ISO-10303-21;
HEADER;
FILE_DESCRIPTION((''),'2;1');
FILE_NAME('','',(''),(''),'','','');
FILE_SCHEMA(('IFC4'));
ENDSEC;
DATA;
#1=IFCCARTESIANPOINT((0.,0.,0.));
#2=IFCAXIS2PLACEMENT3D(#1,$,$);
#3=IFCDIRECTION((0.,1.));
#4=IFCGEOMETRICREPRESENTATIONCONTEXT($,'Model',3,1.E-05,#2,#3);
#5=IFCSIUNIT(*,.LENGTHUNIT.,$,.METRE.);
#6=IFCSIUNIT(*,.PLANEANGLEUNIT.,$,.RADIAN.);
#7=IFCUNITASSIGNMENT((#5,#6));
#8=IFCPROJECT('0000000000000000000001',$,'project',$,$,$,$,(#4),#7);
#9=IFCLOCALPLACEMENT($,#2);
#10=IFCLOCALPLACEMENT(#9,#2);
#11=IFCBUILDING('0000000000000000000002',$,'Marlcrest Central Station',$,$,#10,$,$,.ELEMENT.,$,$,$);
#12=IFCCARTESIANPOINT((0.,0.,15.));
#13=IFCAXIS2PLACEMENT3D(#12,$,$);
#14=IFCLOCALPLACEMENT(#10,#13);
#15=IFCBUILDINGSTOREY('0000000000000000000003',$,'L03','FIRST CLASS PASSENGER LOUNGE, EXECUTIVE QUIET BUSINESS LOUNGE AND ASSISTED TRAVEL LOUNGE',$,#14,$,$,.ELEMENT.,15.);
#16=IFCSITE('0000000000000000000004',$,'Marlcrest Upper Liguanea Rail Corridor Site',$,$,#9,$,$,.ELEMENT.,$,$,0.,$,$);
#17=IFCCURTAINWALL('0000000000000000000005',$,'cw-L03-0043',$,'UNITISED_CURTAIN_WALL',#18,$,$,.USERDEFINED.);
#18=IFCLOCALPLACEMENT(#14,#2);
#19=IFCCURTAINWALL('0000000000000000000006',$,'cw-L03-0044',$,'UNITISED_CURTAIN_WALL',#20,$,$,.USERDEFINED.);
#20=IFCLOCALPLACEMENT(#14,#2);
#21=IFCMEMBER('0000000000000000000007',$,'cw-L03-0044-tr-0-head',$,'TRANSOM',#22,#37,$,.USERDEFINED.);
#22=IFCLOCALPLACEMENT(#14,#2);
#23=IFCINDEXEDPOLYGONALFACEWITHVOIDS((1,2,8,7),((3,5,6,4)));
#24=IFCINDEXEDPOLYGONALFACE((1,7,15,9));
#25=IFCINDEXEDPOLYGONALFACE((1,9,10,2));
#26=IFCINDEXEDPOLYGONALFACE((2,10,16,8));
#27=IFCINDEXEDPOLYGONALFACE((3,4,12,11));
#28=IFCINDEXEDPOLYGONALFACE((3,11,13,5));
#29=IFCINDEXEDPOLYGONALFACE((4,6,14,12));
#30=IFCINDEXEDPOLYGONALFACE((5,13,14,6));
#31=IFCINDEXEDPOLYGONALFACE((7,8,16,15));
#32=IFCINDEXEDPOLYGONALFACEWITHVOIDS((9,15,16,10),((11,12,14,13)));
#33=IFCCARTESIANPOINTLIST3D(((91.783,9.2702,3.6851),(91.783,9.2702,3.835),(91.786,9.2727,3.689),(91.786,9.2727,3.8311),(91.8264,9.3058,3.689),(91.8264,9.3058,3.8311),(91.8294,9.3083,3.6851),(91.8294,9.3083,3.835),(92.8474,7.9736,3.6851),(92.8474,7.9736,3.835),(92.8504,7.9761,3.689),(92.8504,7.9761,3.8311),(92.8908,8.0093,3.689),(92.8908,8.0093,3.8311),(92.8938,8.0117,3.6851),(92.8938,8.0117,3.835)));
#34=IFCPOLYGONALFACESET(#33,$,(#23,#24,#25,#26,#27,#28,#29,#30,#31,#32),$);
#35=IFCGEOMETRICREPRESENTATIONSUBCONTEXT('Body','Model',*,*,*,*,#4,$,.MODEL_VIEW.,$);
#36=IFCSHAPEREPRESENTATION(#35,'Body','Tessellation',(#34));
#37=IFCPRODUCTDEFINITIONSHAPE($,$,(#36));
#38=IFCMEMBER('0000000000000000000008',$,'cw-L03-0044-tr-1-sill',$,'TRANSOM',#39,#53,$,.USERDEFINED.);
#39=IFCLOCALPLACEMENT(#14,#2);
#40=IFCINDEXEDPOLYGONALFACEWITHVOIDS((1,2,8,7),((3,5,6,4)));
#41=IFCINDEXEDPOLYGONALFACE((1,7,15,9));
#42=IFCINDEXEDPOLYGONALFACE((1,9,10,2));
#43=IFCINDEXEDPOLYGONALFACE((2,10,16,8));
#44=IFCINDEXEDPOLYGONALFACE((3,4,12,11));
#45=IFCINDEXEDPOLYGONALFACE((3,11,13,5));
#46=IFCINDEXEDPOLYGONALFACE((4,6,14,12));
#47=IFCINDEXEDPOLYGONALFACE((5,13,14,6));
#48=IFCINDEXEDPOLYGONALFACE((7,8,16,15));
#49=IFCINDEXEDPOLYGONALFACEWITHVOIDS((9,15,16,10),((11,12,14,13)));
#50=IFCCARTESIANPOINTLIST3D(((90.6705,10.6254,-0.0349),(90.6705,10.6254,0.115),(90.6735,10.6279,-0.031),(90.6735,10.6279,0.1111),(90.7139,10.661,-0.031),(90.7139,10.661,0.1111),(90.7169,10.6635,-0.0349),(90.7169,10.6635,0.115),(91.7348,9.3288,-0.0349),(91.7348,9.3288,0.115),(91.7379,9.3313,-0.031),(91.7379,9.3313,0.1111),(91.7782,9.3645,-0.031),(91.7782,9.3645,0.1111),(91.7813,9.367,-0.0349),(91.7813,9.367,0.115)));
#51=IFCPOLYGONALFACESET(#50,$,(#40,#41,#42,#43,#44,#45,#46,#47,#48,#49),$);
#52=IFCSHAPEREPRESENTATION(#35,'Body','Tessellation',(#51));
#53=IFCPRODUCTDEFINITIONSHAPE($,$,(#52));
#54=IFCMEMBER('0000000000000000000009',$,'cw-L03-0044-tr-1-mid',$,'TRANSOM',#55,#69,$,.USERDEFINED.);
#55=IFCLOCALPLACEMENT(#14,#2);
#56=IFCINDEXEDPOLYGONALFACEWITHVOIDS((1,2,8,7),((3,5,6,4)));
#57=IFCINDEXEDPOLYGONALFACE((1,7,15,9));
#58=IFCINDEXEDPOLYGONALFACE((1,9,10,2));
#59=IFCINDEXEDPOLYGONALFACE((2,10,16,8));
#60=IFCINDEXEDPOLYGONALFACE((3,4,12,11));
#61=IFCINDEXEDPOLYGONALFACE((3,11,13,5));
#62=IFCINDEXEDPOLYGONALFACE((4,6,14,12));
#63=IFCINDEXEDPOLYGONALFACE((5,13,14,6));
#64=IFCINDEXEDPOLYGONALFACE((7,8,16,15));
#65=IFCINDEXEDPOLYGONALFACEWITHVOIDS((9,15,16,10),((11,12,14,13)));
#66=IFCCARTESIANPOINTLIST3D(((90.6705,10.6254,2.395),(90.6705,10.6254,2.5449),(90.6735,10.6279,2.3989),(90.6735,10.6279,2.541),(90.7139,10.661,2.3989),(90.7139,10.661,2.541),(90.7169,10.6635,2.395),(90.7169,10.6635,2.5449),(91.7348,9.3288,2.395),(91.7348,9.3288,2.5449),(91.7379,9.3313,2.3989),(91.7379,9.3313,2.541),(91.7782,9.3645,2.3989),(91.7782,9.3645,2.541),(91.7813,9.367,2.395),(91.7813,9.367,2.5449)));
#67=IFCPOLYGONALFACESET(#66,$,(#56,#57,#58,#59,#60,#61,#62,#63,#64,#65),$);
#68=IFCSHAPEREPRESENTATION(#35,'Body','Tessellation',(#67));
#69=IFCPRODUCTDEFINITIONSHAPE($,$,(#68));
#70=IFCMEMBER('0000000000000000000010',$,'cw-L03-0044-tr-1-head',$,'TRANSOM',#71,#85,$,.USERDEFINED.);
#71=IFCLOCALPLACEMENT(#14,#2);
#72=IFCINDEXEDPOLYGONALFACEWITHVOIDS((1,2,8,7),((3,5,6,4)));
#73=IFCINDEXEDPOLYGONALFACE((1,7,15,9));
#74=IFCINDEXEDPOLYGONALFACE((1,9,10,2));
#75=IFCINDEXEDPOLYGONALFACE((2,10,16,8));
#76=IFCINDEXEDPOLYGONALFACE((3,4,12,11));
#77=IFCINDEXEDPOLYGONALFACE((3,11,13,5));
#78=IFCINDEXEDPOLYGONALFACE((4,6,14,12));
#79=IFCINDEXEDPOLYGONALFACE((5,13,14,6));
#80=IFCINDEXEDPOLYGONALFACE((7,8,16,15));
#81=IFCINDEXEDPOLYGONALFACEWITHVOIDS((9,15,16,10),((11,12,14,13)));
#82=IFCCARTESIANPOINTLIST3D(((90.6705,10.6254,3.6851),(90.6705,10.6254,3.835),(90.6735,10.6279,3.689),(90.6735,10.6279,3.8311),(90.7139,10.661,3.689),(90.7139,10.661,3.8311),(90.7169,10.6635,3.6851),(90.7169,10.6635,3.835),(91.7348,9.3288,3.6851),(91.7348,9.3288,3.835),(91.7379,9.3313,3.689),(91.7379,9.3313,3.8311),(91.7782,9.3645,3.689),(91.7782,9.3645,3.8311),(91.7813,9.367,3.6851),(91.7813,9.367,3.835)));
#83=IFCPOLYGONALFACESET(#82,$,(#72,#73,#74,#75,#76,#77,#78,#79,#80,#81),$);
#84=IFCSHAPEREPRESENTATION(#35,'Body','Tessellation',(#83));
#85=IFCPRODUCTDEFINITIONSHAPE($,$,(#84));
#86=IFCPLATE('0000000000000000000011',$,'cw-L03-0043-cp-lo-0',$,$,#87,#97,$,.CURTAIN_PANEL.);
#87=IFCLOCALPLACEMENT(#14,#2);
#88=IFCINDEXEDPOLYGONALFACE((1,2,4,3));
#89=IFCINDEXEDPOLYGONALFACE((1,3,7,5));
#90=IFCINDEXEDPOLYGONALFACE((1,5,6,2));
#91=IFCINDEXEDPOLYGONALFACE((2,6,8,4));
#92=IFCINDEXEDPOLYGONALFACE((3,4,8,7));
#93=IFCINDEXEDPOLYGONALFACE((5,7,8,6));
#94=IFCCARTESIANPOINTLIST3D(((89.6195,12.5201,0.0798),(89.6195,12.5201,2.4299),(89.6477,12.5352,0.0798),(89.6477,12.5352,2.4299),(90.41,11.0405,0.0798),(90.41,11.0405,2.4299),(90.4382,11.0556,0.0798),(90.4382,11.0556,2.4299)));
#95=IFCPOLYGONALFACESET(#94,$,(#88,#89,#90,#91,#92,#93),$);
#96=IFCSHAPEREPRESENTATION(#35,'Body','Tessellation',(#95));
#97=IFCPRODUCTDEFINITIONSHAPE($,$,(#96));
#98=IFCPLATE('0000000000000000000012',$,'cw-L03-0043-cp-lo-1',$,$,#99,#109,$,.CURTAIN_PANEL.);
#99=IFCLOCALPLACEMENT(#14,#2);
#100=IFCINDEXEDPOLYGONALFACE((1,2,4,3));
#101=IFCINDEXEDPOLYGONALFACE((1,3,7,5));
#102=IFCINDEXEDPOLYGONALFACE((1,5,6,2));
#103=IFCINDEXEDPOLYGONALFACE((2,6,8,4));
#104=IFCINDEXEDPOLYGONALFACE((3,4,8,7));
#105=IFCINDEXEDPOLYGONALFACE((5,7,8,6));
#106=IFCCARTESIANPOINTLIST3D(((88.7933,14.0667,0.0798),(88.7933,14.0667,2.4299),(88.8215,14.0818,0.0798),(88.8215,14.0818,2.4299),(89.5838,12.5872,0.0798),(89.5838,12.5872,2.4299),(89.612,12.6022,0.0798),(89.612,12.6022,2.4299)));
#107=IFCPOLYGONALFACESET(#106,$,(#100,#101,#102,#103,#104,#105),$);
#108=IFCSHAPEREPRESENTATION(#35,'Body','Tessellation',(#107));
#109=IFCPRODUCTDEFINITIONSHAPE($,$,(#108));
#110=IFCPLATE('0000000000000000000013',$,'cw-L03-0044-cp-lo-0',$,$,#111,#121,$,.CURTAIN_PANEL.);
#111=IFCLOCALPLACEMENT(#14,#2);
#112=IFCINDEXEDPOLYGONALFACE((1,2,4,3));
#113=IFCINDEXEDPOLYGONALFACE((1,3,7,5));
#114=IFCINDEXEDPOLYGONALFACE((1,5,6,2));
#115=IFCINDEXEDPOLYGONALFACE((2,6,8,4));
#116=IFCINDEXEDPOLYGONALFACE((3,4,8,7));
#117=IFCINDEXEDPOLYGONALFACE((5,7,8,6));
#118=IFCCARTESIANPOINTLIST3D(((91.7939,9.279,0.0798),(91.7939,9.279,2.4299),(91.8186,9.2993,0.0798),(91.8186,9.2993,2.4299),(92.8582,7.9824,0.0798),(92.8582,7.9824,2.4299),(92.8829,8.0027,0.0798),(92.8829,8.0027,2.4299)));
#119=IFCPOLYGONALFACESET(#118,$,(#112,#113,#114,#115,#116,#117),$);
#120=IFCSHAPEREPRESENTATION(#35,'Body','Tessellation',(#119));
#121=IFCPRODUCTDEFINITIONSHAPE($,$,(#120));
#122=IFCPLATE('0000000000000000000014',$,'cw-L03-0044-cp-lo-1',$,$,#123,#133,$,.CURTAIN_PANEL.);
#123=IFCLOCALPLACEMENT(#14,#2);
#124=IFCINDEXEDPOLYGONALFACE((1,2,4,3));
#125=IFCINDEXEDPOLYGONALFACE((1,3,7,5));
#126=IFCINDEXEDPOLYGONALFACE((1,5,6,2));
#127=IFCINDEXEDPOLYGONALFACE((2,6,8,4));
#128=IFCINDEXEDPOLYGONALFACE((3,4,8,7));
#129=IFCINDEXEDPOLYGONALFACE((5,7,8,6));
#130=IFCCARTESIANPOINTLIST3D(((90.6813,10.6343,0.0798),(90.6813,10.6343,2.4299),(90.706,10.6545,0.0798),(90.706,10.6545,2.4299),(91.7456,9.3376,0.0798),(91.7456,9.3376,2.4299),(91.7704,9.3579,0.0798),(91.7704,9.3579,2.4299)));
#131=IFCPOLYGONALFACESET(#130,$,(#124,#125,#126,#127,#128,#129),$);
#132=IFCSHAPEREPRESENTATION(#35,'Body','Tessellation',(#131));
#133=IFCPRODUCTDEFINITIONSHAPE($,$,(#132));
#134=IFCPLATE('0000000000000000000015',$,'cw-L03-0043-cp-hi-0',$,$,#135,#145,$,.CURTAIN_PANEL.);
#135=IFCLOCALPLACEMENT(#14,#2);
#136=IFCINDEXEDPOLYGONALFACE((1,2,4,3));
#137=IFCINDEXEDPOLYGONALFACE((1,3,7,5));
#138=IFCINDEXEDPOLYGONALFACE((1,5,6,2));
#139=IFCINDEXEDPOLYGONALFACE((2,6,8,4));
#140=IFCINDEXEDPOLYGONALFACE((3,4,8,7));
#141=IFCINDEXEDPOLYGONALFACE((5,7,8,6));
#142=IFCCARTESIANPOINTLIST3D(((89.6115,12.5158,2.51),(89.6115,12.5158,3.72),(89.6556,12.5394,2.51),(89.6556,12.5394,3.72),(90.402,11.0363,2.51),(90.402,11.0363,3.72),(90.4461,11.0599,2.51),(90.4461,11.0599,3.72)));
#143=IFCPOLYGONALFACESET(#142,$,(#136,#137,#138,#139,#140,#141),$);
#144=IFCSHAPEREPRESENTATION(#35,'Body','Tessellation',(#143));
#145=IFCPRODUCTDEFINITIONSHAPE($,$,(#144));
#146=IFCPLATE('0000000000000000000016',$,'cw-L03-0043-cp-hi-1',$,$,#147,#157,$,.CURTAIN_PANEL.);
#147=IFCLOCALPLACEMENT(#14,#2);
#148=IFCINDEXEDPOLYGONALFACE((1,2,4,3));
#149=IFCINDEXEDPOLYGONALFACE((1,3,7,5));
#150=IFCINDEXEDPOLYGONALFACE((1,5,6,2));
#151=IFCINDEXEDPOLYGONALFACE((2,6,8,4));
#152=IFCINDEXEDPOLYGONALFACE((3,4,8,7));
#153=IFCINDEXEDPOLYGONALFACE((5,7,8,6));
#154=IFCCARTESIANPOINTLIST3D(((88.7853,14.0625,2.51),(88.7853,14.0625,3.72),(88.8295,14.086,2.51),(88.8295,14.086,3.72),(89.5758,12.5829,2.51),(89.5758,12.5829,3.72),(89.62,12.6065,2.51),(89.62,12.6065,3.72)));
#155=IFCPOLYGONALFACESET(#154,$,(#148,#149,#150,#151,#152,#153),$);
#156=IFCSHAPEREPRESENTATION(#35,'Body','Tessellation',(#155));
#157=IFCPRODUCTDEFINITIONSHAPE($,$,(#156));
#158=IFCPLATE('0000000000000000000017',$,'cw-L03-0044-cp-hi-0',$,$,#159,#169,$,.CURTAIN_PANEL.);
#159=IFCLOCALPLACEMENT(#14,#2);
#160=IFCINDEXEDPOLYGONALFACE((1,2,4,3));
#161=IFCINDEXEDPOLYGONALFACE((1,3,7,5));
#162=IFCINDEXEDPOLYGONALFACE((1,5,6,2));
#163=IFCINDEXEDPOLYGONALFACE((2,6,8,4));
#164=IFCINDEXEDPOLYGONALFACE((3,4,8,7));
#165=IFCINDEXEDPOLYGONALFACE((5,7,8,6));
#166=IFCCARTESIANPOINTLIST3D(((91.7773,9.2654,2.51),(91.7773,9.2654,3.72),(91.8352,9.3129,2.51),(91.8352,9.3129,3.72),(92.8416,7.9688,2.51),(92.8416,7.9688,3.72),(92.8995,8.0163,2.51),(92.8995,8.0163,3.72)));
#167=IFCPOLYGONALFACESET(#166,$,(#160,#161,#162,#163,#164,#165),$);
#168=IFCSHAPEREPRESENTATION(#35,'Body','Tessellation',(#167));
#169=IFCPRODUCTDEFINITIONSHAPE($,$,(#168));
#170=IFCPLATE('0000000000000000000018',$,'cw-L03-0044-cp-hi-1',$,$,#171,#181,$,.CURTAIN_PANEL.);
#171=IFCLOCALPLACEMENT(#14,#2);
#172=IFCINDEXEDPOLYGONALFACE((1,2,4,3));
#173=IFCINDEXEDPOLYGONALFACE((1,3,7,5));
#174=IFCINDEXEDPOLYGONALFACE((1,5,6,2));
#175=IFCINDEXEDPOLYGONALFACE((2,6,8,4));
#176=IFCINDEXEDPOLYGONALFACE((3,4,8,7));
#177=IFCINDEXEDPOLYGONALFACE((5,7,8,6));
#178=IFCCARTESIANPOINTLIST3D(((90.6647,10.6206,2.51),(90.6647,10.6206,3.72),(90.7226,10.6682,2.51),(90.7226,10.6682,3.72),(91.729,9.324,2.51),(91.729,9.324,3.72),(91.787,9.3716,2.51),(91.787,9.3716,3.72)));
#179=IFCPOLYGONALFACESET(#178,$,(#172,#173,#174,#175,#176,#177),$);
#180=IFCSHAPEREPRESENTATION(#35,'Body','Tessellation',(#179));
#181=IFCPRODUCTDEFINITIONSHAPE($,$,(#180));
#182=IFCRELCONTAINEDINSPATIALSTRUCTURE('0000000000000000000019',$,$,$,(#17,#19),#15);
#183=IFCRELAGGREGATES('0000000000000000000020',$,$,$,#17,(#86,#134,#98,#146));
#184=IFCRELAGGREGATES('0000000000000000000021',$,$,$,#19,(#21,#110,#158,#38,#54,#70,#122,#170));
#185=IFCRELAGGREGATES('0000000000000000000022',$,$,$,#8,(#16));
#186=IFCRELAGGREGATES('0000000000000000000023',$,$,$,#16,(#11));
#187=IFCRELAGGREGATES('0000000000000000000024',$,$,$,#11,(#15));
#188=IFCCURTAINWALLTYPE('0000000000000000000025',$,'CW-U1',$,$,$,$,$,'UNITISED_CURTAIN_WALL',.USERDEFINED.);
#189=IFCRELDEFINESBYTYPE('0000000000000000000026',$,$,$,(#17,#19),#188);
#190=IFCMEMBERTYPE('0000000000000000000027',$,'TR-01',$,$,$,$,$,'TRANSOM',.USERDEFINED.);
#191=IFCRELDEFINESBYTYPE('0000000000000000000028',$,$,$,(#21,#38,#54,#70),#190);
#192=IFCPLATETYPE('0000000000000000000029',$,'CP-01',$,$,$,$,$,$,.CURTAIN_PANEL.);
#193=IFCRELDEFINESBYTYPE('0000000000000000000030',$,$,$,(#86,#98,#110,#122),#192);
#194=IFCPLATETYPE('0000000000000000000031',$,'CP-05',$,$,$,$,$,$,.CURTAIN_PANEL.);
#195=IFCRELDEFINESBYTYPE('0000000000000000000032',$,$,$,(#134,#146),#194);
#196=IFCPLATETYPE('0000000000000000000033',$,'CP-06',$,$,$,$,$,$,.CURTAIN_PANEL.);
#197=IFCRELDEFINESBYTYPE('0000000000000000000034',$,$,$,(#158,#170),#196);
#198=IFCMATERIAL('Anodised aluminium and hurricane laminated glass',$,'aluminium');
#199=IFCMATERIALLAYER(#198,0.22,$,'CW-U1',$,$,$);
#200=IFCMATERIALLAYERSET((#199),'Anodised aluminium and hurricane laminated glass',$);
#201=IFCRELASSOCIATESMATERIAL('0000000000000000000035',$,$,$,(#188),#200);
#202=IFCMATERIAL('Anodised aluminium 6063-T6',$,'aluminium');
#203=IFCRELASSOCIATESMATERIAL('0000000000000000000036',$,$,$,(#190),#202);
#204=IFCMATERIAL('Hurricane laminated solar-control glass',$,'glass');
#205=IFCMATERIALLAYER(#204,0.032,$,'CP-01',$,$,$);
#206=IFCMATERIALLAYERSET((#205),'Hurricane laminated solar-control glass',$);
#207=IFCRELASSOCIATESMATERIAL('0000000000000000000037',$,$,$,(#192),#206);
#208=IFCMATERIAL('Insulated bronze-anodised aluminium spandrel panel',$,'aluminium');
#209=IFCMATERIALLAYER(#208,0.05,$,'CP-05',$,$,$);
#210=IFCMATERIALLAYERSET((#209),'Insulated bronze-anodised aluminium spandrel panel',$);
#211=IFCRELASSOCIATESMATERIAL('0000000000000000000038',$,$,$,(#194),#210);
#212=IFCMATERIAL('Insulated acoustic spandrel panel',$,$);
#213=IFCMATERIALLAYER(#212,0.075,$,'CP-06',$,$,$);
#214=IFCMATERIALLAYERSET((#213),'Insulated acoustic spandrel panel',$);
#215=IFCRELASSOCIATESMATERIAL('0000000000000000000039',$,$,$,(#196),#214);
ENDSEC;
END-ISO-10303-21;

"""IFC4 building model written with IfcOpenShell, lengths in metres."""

from ifc_helpers import new_model, si_unit, direction, frame, origin, origin_2d, place, context, subcontext, project, spatial, rectangle, hollow_rectangle, extrude, material, layer, layer_set, material_profile, profile_set, type_object, element, aggregate, save


model = new_model("IFC4")

# Units and contexts
model_context = context("Model", 3, precision=1e-05, world=origin(), true_north=direction((0.0, 1.0)))
body_context = subcontext(model_context, "Body", "Model", "MODEL_VIEW")
ifc_project = project(units=[si_unit("LENGTHUNIT", "METRE"), si_unit("PLANEANGLEUNIT", "RADIAN")], contexts=[model_context])

# Site, building, storey
site_placement = place(None, origin())
site = spatial("IfcSite", under=ifc_project, at=site_placement, Name="Marlcrest Upper Liguanea Rail Corridor Site", CompositionType="ELEMENT", RefElevation=0.0)
building_placement = place(site_placement, origin())
building = spatial("IfcBuilding", under=site, at=building_placement, Name="Marlcrest Central Station", CompositionType="ELEMENT")
storey_placement = place(building_placement, frame((0.0, 0.0, 15.0)))
storey = spatial("IfcBuildingStorey", under=building, at=storey_placement, Name="L03", Description="FIRST CLASS PASSENGER LOUNGE, EXECUTIVE QUIET BUSINESS LOUNGE AND ASSISTED TRAVEL LOUNGE", CompositionType="ELEMENT", Elevation=15.0)

# Shared definitions
ifc_material_1 = material(Name="Anodised aluminium and hurricane laminated glass", Category="aluminium")
ifc_layer_1 = layer(ifc_material_1, 0.22, Name="CW-U1")
ifc_layer_set_1 = layer_set([ifc_layer_1], Name="Anodised aluminium and hurricane laminated glass")
curtain_wall_type = type_object("IfcCurtainWallType", Name="CW-U1", ElementType="UNITISED_CURTAIN_WALL", PredefinedType="USERDEFINED", material=ifc_layer_set_1)
ifc_material_2 = material(Name="Anodised aluminium 6063-T6", Category="aluminium")

# Curtain walls
curtain_wall_1_placement = place(storey_placement, origin())
curtain_wall_1 = element("IfcCurtainWall", 1, at=curtain_wall_1_placement, inside=storey, type_object=curtain_wall_type, Name="cw-L03-0043", ObjectType="UNITISED_CURTAIN_WALL", PredefinedType="USERDEFINED")
curtain_wall_2_placement = place(storey_placement, origin())
curtain_wall_2 = element("IfcCurtainWall", 2, at=curtain_wall_2_placement, inside=storey, type_object=curtain_wall_type, Name="cw-L03-0044", ObjectType="UNITISED_CURTAIN_WALL", PredefinedType="USERDEFINED")

# Members
ifc_material_profile_1 = material_profile(ifc_material_2, hollow_rectangle(XDim=0.0601, YDim=0.1499, WallThickness=0.0039, at=origin_2d()), Name="AA-RHS 150x60x4")
ifc_profile_set_1 = profile_set([ifc_material_profile_1], Name="Anodised aluminium 6063-T6")
member_type_1 = type_object("IfcMemberType", Name="TR-01", ElementType="TRANSOM", PredefinedType="USERDEFINED", material=ifc_profile_set_1)
member_1_placement = place(storey_placement, frame((92.8706, 7.9927, 3.76), z_axis=(-0.634513, 0.772912, 0.0), x_axis=(-0.772912, -0.634513, 0.0)))
member_1 = element("IfcMember", 3, at=member_1_placement, type_object=member_type_1, Name="cw-L03-0044-tr-0-head", ObjectType="TRANSOM", PredefinedType="USERDEFINED", context=body_context, shape_type="SweptSolid", body=[
    extrude(hollow_rectangle(XDim=0.0601, YDim=0.1499, WallThickness=0.0039, at=origin_2d()), origin(), (0.0, 0.0, 1.0), 1.6775),
])
member_2_placement = place(storey_placement, frame((91.7581, 9.3479, 0.04), z_axis=(-0.634513, 0.772912, 0.0), x_axis=(-0.772912, -0.634513, 0.0)))
member_2 = element("IfcMember", 4, at=member_2_placement, type_object=member_type_1, Name="cw-L03-0044-tr-1-sill", ObjectType="TRANSOM", PredefinedType="USERDEFINED", context=body_context, shape_type="SweptSolid", body=[
    extrude(hollow_rectangle(XDim=0.0601, YDim=0.1499, WallThickness=0.0039, at=origin_2d()), origin(), (0.0, 0.0, 1.0), 1.6775),
])
member_3_placement = place(storey_placement, frame((91.7581, 9.3479, 2.47), z_axis=(-0.634513, 0.772912, 0.0), x_axis=(-0.772912, -0.634513, 0.0)))
member_3 = element("IfcMember", 5, at=member_3_placement, type_object=member_type_1, Name="cw-L03-0044-tr-1-mid", ObjectType="TRANSOM", PredefinedType="USERDEFINED", context=body_context, shape_type="SweptSolid", body=[
    extrude(hollow_rectangle(XDim=0.0601, YDim=0.1499, WallThickness=0.0039, at=origin_2d()), origin(), (0.0, 0.0, 1.0), 1.6775),
])
member_4_placement = place(storey_placement, frame((91.7581, 9.3479, 3.76), z_axis=(-0.634513, 0.772912, 0.0), x_axis=(-0.772912, -0.634513, 0.0)))
member_4 = element("IfcMember", 6, at=member_4_placement, type_object=member_type_1, Name="cw-L03-0044-tr-1-head", ObjectType="TRANSOM", PredefinedType="USERDEFINED", context=body_context, shape_type="SweptSolid", body=[
    extrude(hollow_rectangle(XDim=0.0601, YDim=0.1499, WallThickness=0.0039, at=origin_2d()), origin(), (0.0, 0.0, 1.0), 1.6775),
])

# Plates
ifc_material_3 = material(Name="Hurricane laminated solar-control glass", Category="glass")
ifc_layer_2 = layer(ifc_material_3, 0.032, Name="CP-01")
ifc_layer_set_2 = layer_set([ifc_layer_2], Name="Hurricane laminated solar-control glass")
plate_type_1 = type_object("IfcPlateType", Name="CP-01", PredefinedType="CURTAIN_PANEL", material=ifc_layer_set_2)
plate_1_placement = place(storey_placement, frame((90.0288, 11.7878, 0.0798), z_axis=(0.0, 0.0, 1.0), x_axis=(-0.471243, 0.882004, 0.0)))
plate_1 = element("IfcPlate", 7, at=plate_1_placement, type_object=plate_type_1, Name="cw-L03-0043-cp-lo-0", PredefinedType="CURTAIN_PANEL", context=body_context, shape_type="SweptSolid", body=[
    extrude(rectangle(XDim=1.6775, YDim=0.032, at=origin_2d()), origin(), (0.0, 0.0, 1.0), 2.3501),
])
plate_2_placement = place(storey_placement, frame((89.2026, 13.3345, 0.0798), z_axis=(0.0, 0.0, 1.0), x_axis=(-0.471243, 0.882004, 0.0)))
plate_2 = element("IfcPlate", 8, at=plate_2_placement, type_object=plate_type_1, Name="cw-L03-0043-cp-lo-1", PredefinedType="CURTAIN_PANEL", context=body_context, shape_type="SweptSolid", body=[
    extrude(rectangle(XDim=1.6775, YDim=0.032, at=origin_2d()), origin(), (0.0, 0.0, 1.0), 2.3501),
])
plate_3_placement = place(storey_placement, frame((92.3384, 8.6409, 0.0798), z_axis=(0.0, 0.0, 1.0), x_axis=(-0.634474, 0.772944, 0.0)))
plate_3 = element("IfcPlate", 9, at=plate_3_placement, type_object=plate_type_1, Name="cw-L03-0044-cp-lo-0", PredefinedType="CURTAIN_PANEL", context=body_context, shape_type="SweptSolid", body=[
    extrude(rectangle(XDim=1.6775, YDim=0.032, at=origin_2d()), origin(), (0.0, 0.0, 1.0), 2.3501),
])
plate_4_placement = place(storey_placement, frame((91.2258, 9.9961, 0.0798), z_axis=(0.0, 0.0, 1.0), x_axis=(-0.634474, 0.772944, 0.0)))
plate_4 = element("IfcPlate", 10, at=plate_4_placement, type_object=plate_type_1, Name="cw-L03-0044-cp-lo-1", PredefinedType="CURTAIN_PANEL", context=body_context, shape_type="SweptSolid", body=[
    extrude(rectangle(XDim=1.6775, YDim=0.032, at=origin_2d()), origin(), (0.0, 0.0, 1.0), 2.3501),
])
ifc_material_4 = material(Name="Insulated bronze-anodised aluminium spandrel panel", Category="aluminium")
ifc_layer_3 = layer(ifc_material_4, 0.05, Name="CP-05")
ifc_layer_set_3 = layer_set([ifc_layer_3], Name="Insulated bronze-anodised aluminium spandrel panel")
plate_type_2 = type_object("IfcPlateType", Name="CP-05", PredefinedType="CURTAIN_PANEL", material=ifc_layer_set_3)
plate_5_placement = place(storey_placement, frame((90.0288, 11.7878, 2.51), z_axis=(0.0, 0.0, 1.0), x_axis=(-0.471243, 0.882004, 0.0)))
plate_5 = element("IfcPlate", 11, at=plate_5_placement, type_object=plate_type_2, Name="cw-L03-0043-cp-hi-0", PredefinedType="CURTAIN_PANEL", context=body_context, shape_type="SweptSolid", body=[
    extrude(rectangle(XDim=1.6775, YDim=0.05, at=origin_2d()), origin(), (0.0, 0.0, 1.0), 1.21),
])
plate_6_placement = place(storey_placement, frame((89.2026, 13.3345, 2.51), z_axis=(0.0, 0.0, 1.0), x_axis=(-0.471243, 0.882004, 0.0)))
plate_6 = element("IfcPlate", 12, at=plate_6_placement, type_object=plate_type_2, Name="cw-L03-0043-cp-hi-1", PredefinedType="CURTAIN_PANEL", context=body_context, shape_type="SweptSolid", body=[
    extrude(rectangle(XDim=1.6775, YDim=0.05, at=origin_2d()), origin(), (0.0, 0.0, 1.0), 1.21),
])
aggregate(curtain_wall_1, [plate_1, plate_5, plate_2, plate_6])
ifc_material_5 = material(Name="Insulated acoustic spandrel panel")
ifc_layer_4 = layer(ifc_material_5, 0.075, Name="CP-06")
ifc_layer_set_4 = layer_set([ifc_layer_4], Name="Insulated acoustic spandrel panel")
plate_type_3 = type_object("IfcPlateType", Name="CP-06", PredefinedType="CURTAIN_PANEL", material=ifc_layer_set_4)
plate_7_placement = place(storey_placement, frame((92.3384, 8.6409, 2.51), z_axis=(0.0, 0.0, 1.0), x_axis=(-0.634474, 0.772944, 0.0)))
plate_7 = element("IfcPlate", 13, at=plate_7_placement, type_object=plate_type_3, Name="cw-L03-0044-cp-hi-0", PredefinedType="CURTAIN_PANEL", context=body_context, shape_type="SweptSolid", body=[
    extrude(rectangle(XDim=1.6775, YDim=0.075, at=origin_2d()), origin(), (0.0, 0.0, 1.0), 1.21),
])
plate_8_placement = place(storey_placement, frame((91.2258, 9.9961, 2.51), z_axis=(0.0, 0.0, 1.0), x_axis=(-0.634474, 0.772944, 0.0)))
plate_8 = element("IfcPlate", 14, at=plate_8_placement, type_object=plate_type_3, Name="cw-L03-0044-cp-hi-1", PredefinedType="CURTAIN_PANEL", context=body_context, shape_type="SweptSolid", body=[
    extrude(rectangle(XDim=1.6775, YDim=0.075, at=origin_2d()), origin(), (0.0, 0.0, 1.0), 1.21),
])
aggregate(curtain_wall_2, [member_1, plate_3, plate_7, member_2, member_3, member_4, plate_4, plate_8])

save(model, "model.ifc")
